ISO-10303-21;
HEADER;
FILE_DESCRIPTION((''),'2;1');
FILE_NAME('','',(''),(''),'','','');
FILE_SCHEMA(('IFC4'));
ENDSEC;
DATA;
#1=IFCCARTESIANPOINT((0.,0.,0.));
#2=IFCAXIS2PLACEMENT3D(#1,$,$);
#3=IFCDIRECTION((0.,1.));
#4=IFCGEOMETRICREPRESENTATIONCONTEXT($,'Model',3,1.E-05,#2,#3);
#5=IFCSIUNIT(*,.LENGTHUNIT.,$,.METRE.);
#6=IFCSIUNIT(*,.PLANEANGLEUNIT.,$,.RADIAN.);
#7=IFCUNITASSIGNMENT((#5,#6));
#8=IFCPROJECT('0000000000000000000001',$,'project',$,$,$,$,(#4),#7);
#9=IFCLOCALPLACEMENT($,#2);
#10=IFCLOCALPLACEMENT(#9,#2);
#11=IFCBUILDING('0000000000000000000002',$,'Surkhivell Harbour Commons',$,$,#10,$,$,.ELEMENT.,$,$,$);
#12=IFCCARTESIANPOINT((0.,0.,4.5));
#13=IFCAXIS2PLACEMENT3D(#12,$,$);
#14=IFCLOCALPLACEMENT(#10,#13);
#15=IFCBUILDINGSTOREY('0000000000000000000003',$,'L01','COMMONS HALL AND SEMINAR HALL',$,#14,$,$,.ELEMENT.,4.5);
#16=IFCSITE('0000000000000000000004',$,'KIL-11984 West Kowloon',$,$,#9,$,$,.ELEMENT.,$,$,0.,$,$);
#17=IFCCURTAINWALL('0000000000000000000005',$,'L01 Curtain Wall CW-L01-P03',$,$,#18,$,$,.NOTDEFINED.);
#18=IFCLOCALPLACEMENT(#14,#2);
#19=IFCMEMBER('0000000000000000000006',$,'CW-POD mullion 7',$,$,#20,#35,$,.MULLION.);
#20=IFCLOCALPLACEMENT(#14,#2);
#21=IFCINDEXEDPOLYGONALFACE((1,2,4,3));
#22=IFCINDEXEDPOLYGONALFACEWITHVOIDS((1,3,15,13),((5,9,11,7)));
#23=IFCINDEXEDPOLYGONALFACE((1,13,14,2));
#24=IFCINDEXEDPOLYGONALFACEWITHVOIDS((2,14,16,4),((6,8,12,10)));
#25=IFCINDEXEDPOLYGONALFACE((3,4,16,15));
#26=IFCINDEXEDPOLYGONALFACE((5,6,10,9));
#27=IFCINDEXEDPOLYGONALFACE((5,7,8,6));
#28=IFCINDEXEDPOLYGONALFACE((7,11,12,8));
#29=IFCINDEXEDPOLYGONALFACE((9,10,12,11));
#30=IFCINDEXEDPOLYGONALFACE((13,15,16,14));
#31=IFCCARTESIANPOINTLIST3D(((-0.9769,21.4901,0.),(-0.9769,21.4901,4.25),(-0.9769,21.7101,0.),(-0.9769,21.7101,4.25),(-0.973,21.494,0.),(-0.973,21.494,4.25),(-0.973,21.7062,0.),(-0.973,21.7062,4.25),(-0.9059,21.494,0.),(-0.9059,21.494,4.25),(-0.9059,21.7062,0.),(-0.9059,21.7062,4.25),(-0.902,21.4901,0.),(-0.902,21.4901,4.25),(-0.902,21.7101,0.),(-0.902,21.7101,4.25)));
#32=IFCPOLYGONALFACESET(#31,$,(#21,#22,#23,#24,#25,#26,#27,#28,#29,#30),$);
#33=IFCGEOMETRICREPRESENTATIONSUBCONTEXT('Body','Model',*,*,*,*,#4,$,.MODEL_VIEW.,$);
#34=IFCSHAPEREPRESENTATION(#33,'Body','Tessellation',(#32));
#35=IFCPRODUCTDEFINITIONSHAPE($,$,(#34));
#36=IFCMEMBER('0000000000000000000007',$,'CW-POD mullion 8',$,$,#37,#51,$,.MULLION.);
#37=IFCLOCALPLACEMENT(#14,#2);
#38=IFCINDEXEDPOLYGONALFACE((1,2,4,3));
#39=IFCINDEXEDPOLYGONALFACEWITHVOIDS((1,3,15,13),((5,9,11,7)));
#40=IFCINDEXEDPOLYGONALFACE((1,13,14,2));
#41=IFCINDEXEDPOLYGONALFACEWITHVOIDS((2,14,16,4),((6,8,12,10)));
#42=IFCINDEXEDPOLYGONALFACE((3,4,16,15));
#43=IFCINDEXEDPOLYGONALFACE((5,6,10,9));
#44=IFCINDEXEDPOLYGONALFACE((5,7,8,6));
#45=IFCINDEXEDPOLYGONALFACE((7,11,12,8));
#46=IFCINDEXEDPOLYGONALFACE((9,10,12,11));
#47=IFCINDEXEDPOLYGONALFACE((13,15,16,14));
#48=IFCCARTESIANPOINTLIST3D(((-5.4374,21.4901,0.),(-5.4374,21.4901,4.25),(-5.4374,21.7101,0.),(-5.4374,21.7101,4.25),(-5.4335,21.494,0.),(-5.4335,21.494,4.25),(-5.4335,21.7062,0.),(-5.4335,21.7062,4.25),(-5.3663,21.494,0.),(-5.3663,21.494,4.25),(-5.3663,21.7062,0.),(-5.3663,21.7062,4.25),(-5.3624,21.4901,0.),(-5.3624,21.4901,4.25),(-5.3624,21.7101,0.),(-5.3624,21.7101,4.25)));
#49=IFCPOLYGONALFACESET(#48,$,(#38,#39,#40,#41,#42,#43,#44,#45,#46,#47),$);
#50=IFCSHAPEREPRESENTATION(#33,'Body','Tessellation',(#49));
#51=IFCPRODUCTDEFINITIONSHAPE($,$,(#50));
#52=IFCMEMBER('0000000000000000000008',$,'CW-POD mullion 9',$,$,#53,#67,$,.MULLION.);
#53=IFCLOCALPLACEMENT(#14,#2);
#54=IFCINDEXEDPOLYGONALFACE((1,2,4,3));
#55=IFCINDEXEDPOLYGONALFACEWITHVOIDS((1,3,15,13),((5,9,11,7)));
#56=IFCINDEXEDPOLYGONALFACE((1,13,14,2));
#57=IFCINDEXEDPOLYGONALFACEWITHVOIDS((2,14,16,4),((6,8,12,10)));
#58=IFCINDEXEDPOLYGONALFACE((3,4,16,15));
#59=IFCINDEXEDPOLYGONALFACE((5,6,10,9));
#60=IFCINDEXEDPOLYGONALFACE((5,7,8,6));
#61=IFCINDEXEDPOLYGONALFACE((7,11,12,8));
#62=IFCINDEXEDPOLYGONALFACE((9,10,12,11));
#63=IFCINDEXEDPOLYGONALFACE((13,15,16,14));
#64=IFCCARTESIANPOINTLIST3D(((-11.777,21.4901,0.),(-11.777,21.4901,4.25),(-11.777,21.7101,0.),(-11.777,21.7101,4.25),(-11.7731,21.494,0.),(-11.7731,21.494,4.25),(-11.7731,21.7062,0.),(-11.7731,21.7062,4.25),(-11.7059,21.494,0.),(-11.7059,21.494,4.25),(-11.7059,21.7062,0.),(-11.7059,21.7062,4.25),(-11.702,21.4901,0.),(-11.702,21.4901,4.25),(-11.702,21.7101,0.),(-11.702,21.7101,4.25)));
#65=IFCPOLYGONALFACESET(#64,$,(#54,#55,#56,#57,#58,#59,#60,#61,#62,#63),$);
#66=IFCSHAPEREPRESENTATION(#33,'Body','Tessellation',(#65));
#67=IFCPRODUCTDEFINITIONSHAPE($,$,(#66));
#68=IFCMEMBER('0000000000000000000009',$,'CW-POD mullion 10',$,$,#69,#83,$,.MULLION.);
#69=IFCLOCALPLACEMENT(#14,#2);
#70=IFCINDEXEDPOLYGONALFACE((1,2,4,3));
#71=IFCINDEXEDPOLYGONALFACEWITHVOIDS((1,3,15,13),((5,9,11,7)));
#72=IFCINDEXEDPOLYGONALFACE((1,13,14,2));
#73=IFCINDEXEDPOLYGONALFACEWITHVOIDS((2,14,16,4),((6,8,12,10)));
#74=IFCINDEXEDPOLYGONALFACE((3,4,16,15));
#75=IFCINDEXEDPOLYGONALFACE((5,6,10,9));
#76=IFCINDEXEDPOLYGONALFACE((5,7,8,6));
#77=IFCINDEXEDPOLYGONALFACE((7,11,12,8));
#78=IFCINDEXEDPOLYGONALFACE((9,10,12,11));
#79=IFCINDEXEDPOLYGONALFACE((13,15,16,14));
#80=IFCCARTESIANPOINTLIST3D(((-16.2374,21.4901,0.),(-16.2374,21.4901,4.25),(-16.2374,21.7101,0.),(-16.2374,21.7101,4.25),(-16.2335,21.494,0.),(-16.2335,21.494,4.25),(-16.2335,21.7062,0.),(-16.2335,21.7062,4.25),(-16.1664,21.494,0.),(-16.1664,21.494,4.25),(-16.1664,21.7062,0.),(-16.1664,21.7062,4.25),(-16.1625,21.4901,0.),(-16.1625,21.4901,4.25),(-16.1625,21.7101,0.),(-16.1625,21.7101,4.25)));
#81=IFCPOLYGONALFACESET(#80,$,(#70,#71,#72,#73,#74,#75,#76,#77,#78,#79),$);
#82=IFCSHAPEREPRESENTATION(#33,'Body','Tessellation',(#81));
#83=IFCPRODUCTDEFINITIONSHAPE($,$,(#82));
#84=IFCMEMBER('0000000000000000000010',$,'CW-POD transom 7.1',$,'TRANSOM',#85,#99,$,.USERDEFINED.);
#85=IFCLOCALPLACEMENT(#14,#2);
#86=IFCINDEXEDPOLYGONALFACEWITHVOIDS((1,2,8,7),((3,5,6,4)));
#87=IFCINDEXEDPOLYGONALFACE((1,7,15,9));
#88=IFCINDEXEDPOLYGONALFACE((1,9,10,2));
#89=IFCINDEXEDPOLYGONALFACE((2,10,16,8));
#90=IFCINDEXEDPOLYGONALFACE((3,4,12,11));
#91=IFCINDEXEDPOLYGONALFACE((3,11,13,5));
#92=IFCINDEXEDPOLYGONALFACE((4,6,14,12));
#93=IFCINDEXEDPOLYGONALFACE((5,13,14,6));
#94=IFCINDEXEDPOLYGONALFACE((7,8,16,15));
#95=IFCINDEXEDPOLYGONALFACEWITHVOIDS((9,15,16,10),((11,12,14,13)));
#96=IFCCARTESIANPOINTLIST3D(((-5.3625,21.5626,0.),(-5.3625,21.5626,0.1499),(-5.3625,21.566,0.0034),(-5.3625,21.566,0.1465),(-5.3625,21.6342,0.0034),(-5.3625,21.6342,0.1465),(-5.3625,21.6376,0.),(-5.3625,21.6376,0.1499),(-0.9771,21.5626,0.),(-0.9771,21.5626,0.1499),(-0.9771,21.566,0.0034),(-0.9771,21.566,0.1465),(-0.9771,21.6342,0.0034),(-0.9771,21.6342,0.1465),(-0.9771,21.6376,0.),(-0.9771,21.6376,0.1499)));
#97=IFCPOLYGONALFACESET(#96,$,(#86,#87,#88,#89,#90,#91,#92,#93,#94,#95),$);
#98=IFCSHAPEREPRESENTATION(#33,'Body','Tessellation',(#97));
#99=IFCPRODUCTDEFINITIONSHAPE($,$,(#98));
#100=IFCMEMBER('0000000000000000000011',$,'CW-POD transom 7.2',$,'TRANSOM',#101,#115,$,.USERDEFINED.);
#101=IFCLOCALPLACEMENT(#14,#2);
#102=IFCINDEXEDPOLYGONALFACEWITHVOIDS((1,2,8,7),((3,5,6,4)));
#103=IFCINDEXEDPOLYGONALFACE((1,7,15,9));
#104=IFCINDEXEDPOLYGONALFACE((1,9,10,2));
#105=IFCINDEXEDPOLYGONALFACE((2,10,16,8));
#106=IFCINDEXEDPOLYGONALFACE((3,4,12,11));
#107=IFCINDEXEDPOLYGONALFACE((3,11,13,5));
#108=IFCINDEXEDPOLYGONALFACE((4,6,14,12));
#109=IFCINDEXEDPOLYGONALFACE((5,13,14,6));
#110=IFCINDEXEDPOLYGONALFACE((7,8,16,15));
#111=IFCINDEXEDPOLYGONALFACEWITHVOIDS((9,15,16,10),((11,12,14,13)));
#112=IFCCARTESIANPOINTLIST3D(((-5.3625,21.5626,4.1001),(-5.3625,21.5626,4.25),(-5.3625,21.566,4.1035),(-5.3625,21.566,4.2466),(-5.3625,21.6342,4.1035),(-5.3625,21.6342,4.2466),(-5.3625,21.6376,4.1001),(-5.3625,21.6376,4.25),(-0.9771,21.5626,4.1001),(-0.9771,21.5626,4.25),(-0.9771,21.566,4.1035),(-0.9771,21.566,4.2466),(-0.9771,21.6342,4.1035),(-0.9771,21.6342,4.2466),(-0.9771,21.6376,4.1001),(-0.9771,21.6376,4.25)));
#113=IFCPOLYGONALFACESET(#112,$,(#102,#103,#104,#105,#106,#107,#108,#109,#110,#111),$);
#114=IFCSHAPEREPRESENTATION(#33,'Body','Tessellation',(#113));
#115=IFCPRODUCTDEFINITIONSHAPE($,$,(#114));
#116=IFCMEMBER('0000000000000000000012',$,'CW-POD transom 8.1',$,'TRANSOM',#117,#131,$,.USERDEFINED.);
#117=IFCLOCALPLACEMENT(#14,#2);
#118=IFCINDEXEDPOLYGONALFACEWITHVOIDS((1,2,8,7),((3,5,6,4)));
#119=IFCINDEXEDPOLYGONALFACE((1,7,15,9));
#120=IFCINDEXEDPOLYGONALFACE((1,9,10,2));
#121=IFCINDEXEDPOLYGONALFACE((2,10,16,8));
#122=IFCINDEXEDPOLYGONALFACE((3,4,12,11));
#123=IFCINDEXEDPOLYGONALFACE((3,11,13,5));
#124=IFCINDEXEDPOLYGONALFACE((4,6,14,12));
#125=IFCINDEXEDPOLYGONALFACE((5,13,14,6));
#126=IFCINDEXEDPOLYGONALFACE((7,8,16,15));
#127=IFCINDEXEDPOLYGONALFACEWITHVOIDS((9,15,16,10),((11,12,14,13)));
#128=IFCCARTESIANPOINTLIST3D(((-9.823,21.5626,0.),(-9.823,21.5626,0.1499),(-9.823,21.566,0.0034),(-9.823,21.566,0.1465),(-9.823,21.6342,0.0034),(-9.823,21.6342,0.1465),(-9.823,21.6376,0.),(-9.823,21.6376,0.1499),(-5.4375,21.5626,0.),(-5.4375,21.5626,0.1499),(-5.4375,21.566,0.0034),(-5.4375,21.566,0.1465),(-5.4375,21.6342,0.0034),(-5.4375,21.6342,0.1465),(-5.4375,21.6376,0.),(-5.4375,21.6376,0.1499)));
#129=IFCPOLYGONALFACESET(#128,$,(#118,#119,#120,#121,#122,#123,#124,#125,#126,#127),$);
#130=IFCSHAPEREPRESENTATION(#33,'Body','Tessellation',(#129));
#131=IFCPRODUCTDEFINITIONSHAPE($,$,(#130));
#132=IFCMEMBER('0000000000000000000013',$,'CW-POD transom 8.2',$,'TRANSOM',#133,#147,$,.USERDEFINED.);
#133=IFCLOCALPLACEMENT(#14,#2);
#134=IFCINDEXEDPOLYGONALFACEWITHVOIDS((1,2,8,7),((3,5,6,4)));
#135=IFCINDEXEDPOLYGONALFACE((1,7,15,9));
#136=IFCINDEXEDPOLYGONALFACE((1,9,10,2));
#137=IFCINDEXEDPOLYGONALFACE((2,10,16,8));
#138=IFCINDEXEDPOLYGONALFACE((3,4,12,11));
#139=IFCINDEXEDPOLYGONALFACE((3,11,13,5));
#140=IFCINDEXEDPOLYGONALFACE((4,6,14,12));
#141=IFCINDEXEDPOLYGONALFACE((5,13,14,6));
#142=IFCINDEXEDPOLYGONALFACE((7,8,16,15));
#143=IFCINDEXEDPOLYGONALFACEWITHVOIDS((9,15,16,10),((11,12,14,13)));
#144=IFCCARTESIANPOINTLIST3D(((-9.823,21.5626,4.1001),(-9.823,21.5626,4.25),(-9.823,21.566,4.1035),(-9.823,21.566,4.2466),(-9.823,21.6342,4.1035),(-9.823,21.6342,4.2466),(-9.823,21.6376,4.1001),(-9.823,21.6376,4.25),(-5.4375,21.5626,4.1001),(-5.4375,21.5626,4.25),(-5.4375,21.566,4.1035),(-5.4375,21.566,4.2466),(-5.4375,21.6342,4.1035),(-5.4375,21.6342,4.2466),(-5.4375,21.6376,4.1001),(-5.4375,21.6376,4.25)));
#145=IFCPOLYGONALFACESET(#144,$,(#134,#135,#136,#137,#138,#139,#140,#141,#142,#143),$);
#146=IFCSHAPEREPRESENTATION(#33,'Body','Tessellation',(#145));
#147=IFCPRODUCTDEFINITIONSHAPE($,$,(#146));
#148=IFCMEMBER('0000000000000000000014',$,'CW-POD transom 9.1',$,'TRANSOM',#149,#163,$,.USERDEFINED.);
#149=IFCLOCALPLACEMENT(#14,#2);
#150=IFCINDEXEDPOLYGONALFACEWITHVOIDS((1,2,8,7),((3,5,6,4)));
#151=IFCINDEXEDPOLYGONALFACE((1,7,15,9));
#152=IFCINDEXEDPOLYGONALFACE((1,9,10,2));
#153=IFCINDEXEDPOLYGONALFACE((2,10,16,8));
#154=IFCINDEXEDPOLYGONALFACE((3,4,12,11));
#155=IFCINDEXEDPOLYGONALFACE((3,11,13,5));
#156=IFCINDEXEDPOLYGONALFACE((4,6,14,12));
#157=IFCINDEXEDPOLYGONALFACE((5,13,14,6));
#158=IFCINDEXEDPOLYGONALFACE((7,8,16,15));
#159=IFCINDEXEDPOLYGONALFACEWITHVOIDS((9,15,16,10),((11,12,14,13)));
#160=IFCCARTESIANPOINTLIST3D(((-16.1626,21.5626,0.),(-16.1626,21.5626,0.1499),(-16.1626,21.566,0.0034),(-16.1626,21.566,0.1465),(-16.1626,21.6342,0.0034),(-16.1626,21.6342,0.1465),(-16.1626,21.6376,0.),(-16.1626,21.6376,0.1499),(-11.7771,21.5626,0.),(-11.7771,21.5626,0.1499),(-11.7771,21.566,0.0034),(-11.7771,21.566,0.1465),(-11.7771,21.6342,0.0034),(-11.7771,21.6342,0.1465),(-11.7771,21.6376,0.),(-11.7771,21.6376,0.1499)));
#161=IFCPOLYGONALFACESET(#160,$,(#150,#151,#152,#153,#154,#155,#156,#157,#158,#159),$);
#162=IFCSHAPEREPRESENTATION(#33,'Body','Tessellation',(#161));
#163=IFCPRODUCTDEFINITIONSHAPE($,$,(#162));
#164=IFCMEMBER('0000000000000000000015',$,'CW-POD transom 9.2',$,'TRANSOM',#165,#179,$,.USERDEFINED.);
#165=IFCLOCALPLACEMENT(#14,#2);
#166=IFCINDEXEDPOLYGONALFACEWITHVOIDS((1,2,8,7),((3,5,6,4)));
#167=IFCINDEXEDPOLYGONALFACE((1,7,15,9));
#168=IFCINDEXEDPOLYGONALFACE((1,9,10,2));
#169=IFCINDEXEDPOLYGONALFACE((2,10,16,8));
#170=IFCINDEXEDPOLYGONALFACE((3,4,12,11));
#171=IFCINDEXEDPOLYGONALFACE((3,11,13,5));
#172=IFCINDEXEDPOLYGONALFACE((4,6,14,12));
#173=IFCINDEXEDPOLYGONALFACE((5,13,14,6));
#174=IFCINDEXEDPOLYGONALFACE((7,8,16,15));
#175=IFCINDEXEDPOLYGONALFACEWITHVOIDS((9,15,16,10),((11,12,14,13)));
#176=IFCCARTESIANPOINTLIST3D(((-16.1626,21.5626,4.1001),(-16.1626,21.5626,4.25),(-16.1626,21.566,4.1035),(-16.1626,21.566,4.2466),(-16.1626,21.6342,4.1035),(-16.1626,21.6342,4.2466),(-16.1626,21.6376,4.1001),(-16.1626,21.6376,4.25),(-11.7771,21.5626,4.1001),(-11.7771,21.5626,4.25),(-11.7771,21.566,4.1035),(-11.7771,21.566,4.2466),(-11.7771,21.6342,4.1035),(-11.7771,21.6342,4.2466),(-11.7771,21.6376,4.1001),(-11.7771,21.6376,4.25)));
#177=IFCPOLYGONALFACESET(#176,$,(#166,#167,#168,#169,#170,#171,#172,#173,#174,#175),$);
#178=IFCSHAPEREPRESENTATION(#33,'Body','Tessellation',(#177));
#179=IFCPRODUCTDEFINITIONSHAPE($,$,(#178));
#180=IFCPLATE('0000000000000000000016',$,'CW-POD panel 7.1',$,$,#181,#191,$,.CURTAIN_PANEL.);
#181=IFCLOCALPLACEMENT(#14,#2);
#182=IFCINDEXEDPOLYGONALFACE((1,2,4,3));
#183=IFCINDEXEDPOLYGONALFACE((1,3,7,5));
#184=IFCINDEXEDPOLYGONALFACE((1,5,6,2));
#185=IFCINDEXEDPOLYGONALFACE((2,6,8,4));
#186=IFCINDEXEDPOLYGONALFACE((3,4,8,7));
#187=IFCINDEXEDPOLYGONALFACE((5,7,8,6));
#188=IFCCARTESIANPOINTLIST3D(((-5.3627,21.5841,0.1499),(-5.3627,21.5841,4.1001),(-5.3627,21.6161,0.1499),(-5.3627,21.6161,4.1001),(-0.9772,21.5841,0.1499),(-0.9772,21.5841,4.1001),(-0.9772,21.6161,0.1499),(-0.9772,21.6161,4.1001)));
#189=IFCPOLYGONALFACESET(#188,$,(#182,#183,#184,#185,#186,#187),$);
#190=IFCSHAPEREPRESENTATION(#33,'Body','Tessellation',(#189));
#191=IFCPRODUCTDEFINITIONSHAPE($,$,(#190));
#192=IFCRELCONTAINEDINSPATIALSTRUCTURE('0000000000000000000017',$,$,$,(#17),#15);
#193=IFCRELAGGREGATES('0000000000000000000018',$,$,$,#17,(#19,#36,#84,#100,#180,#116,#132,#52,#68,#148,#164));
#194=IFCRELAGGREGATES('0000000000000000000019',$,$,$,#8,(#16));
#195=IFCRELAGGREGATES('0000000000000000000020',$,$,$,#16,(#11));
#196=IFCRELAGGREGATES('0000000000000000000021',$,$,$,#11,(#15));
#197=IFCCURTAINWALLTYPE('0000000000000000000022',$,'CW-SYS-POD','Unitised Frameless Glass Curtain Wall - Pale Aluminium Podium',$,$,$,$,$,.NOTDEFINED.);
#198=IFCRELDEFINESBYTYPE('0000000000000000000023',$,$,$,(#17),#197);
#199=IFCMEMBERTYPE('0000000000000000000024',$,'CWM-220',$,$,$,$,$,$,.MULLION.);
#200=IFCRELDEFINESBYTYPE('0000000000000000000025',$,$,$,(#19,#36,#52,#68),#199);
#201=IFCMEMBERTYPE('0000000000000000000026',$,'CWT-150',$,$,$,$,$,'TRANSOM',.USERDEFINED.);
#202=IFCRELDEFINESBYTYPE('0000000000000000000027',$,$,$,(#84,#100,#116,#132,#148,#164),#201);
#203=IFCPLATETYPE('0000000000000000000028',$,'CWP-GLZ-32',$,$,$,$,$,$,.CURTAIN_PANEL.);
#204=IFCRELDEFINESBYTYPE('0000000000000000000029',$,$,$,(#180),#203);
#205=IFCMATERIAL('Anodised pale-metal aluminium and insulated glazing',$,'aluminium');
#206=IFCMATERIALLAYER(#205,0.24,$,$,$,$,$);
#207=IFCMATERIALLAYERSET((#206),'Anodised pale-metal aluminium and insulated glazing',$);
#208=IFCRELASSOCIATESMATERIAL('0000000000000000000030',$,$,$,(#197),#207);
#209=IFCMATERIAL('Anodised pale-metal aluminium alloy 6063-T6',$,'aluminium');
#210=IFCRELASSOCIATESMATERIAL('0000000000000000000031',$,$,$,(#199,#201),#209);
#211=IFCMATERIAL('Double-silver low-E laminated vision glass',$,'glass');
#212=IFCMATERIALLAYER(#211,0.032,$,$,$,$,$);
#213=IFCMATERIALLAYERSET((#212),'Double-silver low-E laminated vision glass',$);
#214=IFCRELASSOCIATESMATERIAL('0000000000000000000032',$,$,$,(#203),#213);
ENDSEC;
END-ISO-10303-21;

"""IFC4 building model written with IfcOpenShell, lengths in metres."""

from ifc_helpers import new_model, si_unit, direction, frame, frame_2d, origin, origin_2d, place, context, subcontext, project, spatial, rectangle, hollow_rectangle, extrude, material, layer, layer_set, material_profile, profile_set, type_object, element, aggregate, save


model = new_model("IFC4")

# Units and contexts
model_context = context("Model", 3, precision=1e-05, world=origin(), true_north=direction((0.0, 1.0)))
body_context = subcontext(model_context, "Body", "Model", "MODEL_VIEW")
ifc_project = project(units=[si_unit("LENGTHUNIT", "METRE"), si_unit("PLANEANGLEUNIT", "RADIAN")], contexts=[model_context])

# Site, building, storey
site_placement = place(None, origin())
site = spatial("IfcSite", under=ifc_project, at=site_placement, Name="KIL-11984 West Kowloon", CompositionType="ELEMENT", RefElevation=0.0)
building_placement = place(site_placement, origin())
building = spatial("IfcBuilding", under=site, at=building_placement, Name="Surkhivell Harbour Commons", CompositionType="ELEMENT")
storey_placement = place(building_placement, frame((0.0, 0.0, 4.5)))
storey = spatial("IfcBuildingStorey", under=building, at=storey_placement, Name="L01", Description="COMMONS HALL AND SEMINAR HALL", CompositionType="ELEMENT", Elevation=4.5)

# Curtain wall, members, plate
ifc_material_1 = material(Name="Anodised pale-metal aluminium and insulated glazing", Category="aluminium")
ifc_layer_1 = layer(ifc_material_1, 0.24)
ifc_layer_set_1 = layer_set([ifc_layer_1], Name="Anodised pale-metal aluminium and insulated glazing")
curtain_wall_type = type_object("IfcCurtainWallType", Name="CW-SYS-POD", Description="Unitised Frameless Glass Curtain Wall - Pale Aluminium Podium", PredefinedType="NOTDEFINED", material=ifc_layer_set_1)
curtain_wall_placement = place(storey_placement, origin())
curtain_wall = element("IfcCurtainWall", 1, at=curtain_wall_placement, inside=storey, type_object=curtain_wall_type, Name="L01 Curtain Wall CW-L01-P03", PredefinedType="NOTDEFINED")
ifc_material_2 = material(Name="Anodised pale-metal aluminium alloy 6063-T6", Category="aluminium")
ifc_material_profile_1 = material_profile(ifc_material_2, hollow_rectangle(XDim=0.075, YDim=0.22, WallThickness=0.0039, at=origin_2d()), Name="ALU-MULL-75x220")
ifc_profile_set_1 = profile_set([ifc_material_profile_1], Name="Anodised pale-metal aluminium alloy 6063-T6")
member_type_1 = type_object("IfcMemberType", Name="CWM-220", PredefinedType="MULLION", material=ifc_profile_set_1)
member_1_placement = place(storey_placement, frame((-0.9395, 21.6001, 0.0), z_axis=(0.0, 0.0, 1.0), x_axis=(-1.0, 0.0, 0.0)))
member_1 = element("IfcMember", 2, at=member_1_placement, type_object=member_type_1, Name="CW-POD mullion 7", PredefinedType="MULLION", context=body_context, shape_type="SweptSolid", body=[
    extrude(hollow_rectangle(XDim=0.075, YDim=0.22, WallThickness=0.0039, at=origin_2d()), origin(), (0.0, 0.0, 1.0), 4.25),
])
member_2_placement = place(storey_placement, frame((-5.3999, 21.6001, 0.0), z_axis=(0.0, 0.0, 1.0), x_axis=(-1.0, 0.0, 0.0)))
member_2 = element("IfcMember", 3, at=member_2_placement, type_object=member_type_1, Name="CW-POD mullion 8", PredefinedType="MULLION", context=body_context, shape_type="SweptSolid", body=[
    extrude(hollow_rectangle(XDim=0.075, YDim=0.22, WallThickness=0.0039, at=origin_2d()), origin(), (0.0, 0.0, 1.0), 4.25),
])
member_3_placement = place(storey_placement, frame((-11.7395, 21.6001, 0.0), z_axis=(0.0, 0.0, 1.0), x_axis=(-1.0, 0.0, 0.0)))
member_3 = element("IfcMember", 4, at=member_3_placement, type_object=member_type_1, Name="CW-POD mullion 9", PredefinedType="MULLION", context=body_context, shape_type="SweptSolid", body=[
    extrude(hollow_rectangle(XDim=0.075, YDim=0.22, WallThickness=0.0039, at=origin_2d()), origin(), (0.0, 0.0, 1.0), 4.25),
])
member_4_placement = place(storey_placement, frame((-16.2, 21.6001, 0.0), z_axis=(0.0, 0.0, 1.0), x_axis=(-1.0, 0.0, 0.0)))
member_4 = element("IfcMember", 5, at=member_4_placement, type_object=member_type_1, Name="CW-POD mullion 10", PredefinedType="MULLION", context=body_context, shape_type="SweptSolid", body=[
    extrude(hollow_rectangle(XDim=0.075, YDim=0.22, WallThickness=0.0039, at=origin_2d()), origin(), (0.0, 0.0, 1.0), 4.25),
])
ifc_material_profile_2 = material_profile(ifc_material_2, hollow_rectangle(XDim=0.075, YDim=0.1499, WallThickness=0.0034, at=origin_2d()), Name="ALU-TRAN-75x150")
ifc_profile_set_2 = profile_set([ifc_material_profile_2], Name="Anodised pale-metal aluminium alloy 6063-T6")
member_type_2 = type_object("IfcMemberType", Name="CWT-150", ElementType="TRANSOM", PredefinedType="USERDEFINED", material=ifc_profile_set_2)
member_5_placement = place(storey_placement, frame((-0.9771, 21.6001, 0.075), z_axis=(-1.0, 0.0, 0.0), x_axis=(0.0, -1.0, 0.0)))
member_5 = element("IfcMember", 6, at=member_5_placement, type_object=member_type_2, Name="CW-POD transom 7.1", ObjectType="TRANSOM", PredefinedType="USERDEFINED", context=body_context, shape_type="SweptSolid", body=[
    extrude(hollow_rectangle(XDim=0.075, YDim=0.1499, WallThickness=0.0034, at=origin_2d()), origin(), (0.0, 0.0, 1.0), 4.3855),
])
member_6_placement = place(storey_placement, frame((-0.9771, 21.6001, 4.175), z_axis=(-1.0, 0.0, 0.0), x_axis=(0.0, -1.0, 0.0)))
member_6 = element("IfcMember", 7, at=member_6_placement, type_object=member_type_2, Name="CW-POD transom 7.2", ObjectType="TRANSOM", PredefinedType="USERDEFINED", context=body_context, shape_type="SweptSolid", body=[
    extrude(hollow_rectangle(XDim=0.075, YDim=0.1499, WallThickness=0.0034, at=origin_2d()), origin(), (0.0, 0.0, 1.0), 4.3855),
])
member_7_placement = place(storey_placement, frame((-5.4375, 21.6001, 0.075), z_axis=(-1.0, 0.0, 0.0), x_axis=(0.0, -1.0, 0.0)))
member_7 = element("IfcMember", 8, at=member_7_placement, type_object=member_type_2, Name="CW-POD transom 8.1", ObjectType="TRANSOM", PredefinedType="USERDEFINED", context=body_context, shape_type="SweptSolid", body=[
    extrude(hollow_rectangle(XDim=0.075, YDim=0.1499, WallThickness=0.0034, at=origin_2d()), origin(), (0.0, 0.0, 1.0), 4.3855),
])
member_8_placement = place(storey_placement, frame((-5.4375, 21.6001, 4.175), z_axis=(-1.0, 0.0, 0.0), x_axis=(0.0, -1.0, 0.0)))
member_8 = element("IfcMember", 9, at=member_8_placement, type_object=member_type_2, Name="CW-POD transom 8.2", ObjectType="TRANSOM", PredefinedType="USERDEFINED", context=body_context, shape_type="SweptSolid", body=[
    extrude(hollow_rectangle(XDim=0.075, YDim=0.1499, WallThickness=0.0034, at=origin_2d()), origin(), (0.0, 0.0, 1.0), 4.3855),
])
member_9_placement = place(storey_placement, frame((-11.7771, 21.6001, 0.075), z_axis=(-1.0, 0.0, 0.0), x_axis=(0.0, -1.0, 0.0)))
member_9 = element("IfcMember", 10, at=member_9_placement, type_object=member_type_2, Name="CW-POD transom 9.1", ObjectType="TRANSOM", PredefinedType="USERDEFINED", context=body_context, shape_type="SweptSolid", body=[
    extrude(hollow_rectangle(XDim=0.075, YDim=0.1499, WallThickness=0.0034, at=origin_2d()), origin(), (0.0, 0.0, 1.0), 4.3855),
])
member_10_placement = place(storey_placement, frame((-11.7771, 21.6001, 4.175), z_axis=(-1.0, 0.0, 0.0), x_axis=(0.0, -1.0, 0.0)))
member_10 = element("IfcMember", 11, at=member_10_placement, type_object=member_type_2, Name="CW-POD transom 9.2", ObjectType="TRANSOM", PredefinedType="USERDEFINED", context=body_context, shape_type="SweptSolid", body=[
    extrude(hollow_rectangle(XDim=0.075, YDim=0.1499, WallThickness=0.0034, at=origin_2d()), origin(), (0.0, 0.0, 1.0), 4.3855),
])
ifc_material_3 = material(Name="Double-silver low-E laminated vision glass", Category="glass")
ifc_layer_2 = layer(ifc_material_3, 0.032)
ifc_layer_set_2 = layer_set([ifc_layer_2], Name="Double-silver low-E laminated vision glass")
plate_type = type_object("IfcPlateType", Name="CWP-GLZ-32", PredefinedType="CURTAIN_PANEL", material=ifc_layer_set_2)
plate_1_placement = place(storey_placement, frame((-0.9771, 21.6001, 0.1499), z_axis=(0.0, 0.0, 1.0), x_axis=(-1.0, 0.0, 0.0)))
plate_1 = element("IfcPlate", 12, at=plate_1_placement, type_object=plate_type, Name="CW-POD panel 7.1", PredefinedType="CURTAIN_PANEL", context=body_context, shape_type="SweptSolid", body=[
    extrude(rectangle(XDim=4.3855, YDim=0.032, at=frame_2d((2.1929, 0.0))), origin(), (0.0, 0.0, 1.0), 3.9502),
])
aggregate(curtain_wall, [member_1, member_2, member_5, member_6, plate_1, member_7, member_8, member_3, member_4, member_9, member_10])

save(model, "model.ifc")
